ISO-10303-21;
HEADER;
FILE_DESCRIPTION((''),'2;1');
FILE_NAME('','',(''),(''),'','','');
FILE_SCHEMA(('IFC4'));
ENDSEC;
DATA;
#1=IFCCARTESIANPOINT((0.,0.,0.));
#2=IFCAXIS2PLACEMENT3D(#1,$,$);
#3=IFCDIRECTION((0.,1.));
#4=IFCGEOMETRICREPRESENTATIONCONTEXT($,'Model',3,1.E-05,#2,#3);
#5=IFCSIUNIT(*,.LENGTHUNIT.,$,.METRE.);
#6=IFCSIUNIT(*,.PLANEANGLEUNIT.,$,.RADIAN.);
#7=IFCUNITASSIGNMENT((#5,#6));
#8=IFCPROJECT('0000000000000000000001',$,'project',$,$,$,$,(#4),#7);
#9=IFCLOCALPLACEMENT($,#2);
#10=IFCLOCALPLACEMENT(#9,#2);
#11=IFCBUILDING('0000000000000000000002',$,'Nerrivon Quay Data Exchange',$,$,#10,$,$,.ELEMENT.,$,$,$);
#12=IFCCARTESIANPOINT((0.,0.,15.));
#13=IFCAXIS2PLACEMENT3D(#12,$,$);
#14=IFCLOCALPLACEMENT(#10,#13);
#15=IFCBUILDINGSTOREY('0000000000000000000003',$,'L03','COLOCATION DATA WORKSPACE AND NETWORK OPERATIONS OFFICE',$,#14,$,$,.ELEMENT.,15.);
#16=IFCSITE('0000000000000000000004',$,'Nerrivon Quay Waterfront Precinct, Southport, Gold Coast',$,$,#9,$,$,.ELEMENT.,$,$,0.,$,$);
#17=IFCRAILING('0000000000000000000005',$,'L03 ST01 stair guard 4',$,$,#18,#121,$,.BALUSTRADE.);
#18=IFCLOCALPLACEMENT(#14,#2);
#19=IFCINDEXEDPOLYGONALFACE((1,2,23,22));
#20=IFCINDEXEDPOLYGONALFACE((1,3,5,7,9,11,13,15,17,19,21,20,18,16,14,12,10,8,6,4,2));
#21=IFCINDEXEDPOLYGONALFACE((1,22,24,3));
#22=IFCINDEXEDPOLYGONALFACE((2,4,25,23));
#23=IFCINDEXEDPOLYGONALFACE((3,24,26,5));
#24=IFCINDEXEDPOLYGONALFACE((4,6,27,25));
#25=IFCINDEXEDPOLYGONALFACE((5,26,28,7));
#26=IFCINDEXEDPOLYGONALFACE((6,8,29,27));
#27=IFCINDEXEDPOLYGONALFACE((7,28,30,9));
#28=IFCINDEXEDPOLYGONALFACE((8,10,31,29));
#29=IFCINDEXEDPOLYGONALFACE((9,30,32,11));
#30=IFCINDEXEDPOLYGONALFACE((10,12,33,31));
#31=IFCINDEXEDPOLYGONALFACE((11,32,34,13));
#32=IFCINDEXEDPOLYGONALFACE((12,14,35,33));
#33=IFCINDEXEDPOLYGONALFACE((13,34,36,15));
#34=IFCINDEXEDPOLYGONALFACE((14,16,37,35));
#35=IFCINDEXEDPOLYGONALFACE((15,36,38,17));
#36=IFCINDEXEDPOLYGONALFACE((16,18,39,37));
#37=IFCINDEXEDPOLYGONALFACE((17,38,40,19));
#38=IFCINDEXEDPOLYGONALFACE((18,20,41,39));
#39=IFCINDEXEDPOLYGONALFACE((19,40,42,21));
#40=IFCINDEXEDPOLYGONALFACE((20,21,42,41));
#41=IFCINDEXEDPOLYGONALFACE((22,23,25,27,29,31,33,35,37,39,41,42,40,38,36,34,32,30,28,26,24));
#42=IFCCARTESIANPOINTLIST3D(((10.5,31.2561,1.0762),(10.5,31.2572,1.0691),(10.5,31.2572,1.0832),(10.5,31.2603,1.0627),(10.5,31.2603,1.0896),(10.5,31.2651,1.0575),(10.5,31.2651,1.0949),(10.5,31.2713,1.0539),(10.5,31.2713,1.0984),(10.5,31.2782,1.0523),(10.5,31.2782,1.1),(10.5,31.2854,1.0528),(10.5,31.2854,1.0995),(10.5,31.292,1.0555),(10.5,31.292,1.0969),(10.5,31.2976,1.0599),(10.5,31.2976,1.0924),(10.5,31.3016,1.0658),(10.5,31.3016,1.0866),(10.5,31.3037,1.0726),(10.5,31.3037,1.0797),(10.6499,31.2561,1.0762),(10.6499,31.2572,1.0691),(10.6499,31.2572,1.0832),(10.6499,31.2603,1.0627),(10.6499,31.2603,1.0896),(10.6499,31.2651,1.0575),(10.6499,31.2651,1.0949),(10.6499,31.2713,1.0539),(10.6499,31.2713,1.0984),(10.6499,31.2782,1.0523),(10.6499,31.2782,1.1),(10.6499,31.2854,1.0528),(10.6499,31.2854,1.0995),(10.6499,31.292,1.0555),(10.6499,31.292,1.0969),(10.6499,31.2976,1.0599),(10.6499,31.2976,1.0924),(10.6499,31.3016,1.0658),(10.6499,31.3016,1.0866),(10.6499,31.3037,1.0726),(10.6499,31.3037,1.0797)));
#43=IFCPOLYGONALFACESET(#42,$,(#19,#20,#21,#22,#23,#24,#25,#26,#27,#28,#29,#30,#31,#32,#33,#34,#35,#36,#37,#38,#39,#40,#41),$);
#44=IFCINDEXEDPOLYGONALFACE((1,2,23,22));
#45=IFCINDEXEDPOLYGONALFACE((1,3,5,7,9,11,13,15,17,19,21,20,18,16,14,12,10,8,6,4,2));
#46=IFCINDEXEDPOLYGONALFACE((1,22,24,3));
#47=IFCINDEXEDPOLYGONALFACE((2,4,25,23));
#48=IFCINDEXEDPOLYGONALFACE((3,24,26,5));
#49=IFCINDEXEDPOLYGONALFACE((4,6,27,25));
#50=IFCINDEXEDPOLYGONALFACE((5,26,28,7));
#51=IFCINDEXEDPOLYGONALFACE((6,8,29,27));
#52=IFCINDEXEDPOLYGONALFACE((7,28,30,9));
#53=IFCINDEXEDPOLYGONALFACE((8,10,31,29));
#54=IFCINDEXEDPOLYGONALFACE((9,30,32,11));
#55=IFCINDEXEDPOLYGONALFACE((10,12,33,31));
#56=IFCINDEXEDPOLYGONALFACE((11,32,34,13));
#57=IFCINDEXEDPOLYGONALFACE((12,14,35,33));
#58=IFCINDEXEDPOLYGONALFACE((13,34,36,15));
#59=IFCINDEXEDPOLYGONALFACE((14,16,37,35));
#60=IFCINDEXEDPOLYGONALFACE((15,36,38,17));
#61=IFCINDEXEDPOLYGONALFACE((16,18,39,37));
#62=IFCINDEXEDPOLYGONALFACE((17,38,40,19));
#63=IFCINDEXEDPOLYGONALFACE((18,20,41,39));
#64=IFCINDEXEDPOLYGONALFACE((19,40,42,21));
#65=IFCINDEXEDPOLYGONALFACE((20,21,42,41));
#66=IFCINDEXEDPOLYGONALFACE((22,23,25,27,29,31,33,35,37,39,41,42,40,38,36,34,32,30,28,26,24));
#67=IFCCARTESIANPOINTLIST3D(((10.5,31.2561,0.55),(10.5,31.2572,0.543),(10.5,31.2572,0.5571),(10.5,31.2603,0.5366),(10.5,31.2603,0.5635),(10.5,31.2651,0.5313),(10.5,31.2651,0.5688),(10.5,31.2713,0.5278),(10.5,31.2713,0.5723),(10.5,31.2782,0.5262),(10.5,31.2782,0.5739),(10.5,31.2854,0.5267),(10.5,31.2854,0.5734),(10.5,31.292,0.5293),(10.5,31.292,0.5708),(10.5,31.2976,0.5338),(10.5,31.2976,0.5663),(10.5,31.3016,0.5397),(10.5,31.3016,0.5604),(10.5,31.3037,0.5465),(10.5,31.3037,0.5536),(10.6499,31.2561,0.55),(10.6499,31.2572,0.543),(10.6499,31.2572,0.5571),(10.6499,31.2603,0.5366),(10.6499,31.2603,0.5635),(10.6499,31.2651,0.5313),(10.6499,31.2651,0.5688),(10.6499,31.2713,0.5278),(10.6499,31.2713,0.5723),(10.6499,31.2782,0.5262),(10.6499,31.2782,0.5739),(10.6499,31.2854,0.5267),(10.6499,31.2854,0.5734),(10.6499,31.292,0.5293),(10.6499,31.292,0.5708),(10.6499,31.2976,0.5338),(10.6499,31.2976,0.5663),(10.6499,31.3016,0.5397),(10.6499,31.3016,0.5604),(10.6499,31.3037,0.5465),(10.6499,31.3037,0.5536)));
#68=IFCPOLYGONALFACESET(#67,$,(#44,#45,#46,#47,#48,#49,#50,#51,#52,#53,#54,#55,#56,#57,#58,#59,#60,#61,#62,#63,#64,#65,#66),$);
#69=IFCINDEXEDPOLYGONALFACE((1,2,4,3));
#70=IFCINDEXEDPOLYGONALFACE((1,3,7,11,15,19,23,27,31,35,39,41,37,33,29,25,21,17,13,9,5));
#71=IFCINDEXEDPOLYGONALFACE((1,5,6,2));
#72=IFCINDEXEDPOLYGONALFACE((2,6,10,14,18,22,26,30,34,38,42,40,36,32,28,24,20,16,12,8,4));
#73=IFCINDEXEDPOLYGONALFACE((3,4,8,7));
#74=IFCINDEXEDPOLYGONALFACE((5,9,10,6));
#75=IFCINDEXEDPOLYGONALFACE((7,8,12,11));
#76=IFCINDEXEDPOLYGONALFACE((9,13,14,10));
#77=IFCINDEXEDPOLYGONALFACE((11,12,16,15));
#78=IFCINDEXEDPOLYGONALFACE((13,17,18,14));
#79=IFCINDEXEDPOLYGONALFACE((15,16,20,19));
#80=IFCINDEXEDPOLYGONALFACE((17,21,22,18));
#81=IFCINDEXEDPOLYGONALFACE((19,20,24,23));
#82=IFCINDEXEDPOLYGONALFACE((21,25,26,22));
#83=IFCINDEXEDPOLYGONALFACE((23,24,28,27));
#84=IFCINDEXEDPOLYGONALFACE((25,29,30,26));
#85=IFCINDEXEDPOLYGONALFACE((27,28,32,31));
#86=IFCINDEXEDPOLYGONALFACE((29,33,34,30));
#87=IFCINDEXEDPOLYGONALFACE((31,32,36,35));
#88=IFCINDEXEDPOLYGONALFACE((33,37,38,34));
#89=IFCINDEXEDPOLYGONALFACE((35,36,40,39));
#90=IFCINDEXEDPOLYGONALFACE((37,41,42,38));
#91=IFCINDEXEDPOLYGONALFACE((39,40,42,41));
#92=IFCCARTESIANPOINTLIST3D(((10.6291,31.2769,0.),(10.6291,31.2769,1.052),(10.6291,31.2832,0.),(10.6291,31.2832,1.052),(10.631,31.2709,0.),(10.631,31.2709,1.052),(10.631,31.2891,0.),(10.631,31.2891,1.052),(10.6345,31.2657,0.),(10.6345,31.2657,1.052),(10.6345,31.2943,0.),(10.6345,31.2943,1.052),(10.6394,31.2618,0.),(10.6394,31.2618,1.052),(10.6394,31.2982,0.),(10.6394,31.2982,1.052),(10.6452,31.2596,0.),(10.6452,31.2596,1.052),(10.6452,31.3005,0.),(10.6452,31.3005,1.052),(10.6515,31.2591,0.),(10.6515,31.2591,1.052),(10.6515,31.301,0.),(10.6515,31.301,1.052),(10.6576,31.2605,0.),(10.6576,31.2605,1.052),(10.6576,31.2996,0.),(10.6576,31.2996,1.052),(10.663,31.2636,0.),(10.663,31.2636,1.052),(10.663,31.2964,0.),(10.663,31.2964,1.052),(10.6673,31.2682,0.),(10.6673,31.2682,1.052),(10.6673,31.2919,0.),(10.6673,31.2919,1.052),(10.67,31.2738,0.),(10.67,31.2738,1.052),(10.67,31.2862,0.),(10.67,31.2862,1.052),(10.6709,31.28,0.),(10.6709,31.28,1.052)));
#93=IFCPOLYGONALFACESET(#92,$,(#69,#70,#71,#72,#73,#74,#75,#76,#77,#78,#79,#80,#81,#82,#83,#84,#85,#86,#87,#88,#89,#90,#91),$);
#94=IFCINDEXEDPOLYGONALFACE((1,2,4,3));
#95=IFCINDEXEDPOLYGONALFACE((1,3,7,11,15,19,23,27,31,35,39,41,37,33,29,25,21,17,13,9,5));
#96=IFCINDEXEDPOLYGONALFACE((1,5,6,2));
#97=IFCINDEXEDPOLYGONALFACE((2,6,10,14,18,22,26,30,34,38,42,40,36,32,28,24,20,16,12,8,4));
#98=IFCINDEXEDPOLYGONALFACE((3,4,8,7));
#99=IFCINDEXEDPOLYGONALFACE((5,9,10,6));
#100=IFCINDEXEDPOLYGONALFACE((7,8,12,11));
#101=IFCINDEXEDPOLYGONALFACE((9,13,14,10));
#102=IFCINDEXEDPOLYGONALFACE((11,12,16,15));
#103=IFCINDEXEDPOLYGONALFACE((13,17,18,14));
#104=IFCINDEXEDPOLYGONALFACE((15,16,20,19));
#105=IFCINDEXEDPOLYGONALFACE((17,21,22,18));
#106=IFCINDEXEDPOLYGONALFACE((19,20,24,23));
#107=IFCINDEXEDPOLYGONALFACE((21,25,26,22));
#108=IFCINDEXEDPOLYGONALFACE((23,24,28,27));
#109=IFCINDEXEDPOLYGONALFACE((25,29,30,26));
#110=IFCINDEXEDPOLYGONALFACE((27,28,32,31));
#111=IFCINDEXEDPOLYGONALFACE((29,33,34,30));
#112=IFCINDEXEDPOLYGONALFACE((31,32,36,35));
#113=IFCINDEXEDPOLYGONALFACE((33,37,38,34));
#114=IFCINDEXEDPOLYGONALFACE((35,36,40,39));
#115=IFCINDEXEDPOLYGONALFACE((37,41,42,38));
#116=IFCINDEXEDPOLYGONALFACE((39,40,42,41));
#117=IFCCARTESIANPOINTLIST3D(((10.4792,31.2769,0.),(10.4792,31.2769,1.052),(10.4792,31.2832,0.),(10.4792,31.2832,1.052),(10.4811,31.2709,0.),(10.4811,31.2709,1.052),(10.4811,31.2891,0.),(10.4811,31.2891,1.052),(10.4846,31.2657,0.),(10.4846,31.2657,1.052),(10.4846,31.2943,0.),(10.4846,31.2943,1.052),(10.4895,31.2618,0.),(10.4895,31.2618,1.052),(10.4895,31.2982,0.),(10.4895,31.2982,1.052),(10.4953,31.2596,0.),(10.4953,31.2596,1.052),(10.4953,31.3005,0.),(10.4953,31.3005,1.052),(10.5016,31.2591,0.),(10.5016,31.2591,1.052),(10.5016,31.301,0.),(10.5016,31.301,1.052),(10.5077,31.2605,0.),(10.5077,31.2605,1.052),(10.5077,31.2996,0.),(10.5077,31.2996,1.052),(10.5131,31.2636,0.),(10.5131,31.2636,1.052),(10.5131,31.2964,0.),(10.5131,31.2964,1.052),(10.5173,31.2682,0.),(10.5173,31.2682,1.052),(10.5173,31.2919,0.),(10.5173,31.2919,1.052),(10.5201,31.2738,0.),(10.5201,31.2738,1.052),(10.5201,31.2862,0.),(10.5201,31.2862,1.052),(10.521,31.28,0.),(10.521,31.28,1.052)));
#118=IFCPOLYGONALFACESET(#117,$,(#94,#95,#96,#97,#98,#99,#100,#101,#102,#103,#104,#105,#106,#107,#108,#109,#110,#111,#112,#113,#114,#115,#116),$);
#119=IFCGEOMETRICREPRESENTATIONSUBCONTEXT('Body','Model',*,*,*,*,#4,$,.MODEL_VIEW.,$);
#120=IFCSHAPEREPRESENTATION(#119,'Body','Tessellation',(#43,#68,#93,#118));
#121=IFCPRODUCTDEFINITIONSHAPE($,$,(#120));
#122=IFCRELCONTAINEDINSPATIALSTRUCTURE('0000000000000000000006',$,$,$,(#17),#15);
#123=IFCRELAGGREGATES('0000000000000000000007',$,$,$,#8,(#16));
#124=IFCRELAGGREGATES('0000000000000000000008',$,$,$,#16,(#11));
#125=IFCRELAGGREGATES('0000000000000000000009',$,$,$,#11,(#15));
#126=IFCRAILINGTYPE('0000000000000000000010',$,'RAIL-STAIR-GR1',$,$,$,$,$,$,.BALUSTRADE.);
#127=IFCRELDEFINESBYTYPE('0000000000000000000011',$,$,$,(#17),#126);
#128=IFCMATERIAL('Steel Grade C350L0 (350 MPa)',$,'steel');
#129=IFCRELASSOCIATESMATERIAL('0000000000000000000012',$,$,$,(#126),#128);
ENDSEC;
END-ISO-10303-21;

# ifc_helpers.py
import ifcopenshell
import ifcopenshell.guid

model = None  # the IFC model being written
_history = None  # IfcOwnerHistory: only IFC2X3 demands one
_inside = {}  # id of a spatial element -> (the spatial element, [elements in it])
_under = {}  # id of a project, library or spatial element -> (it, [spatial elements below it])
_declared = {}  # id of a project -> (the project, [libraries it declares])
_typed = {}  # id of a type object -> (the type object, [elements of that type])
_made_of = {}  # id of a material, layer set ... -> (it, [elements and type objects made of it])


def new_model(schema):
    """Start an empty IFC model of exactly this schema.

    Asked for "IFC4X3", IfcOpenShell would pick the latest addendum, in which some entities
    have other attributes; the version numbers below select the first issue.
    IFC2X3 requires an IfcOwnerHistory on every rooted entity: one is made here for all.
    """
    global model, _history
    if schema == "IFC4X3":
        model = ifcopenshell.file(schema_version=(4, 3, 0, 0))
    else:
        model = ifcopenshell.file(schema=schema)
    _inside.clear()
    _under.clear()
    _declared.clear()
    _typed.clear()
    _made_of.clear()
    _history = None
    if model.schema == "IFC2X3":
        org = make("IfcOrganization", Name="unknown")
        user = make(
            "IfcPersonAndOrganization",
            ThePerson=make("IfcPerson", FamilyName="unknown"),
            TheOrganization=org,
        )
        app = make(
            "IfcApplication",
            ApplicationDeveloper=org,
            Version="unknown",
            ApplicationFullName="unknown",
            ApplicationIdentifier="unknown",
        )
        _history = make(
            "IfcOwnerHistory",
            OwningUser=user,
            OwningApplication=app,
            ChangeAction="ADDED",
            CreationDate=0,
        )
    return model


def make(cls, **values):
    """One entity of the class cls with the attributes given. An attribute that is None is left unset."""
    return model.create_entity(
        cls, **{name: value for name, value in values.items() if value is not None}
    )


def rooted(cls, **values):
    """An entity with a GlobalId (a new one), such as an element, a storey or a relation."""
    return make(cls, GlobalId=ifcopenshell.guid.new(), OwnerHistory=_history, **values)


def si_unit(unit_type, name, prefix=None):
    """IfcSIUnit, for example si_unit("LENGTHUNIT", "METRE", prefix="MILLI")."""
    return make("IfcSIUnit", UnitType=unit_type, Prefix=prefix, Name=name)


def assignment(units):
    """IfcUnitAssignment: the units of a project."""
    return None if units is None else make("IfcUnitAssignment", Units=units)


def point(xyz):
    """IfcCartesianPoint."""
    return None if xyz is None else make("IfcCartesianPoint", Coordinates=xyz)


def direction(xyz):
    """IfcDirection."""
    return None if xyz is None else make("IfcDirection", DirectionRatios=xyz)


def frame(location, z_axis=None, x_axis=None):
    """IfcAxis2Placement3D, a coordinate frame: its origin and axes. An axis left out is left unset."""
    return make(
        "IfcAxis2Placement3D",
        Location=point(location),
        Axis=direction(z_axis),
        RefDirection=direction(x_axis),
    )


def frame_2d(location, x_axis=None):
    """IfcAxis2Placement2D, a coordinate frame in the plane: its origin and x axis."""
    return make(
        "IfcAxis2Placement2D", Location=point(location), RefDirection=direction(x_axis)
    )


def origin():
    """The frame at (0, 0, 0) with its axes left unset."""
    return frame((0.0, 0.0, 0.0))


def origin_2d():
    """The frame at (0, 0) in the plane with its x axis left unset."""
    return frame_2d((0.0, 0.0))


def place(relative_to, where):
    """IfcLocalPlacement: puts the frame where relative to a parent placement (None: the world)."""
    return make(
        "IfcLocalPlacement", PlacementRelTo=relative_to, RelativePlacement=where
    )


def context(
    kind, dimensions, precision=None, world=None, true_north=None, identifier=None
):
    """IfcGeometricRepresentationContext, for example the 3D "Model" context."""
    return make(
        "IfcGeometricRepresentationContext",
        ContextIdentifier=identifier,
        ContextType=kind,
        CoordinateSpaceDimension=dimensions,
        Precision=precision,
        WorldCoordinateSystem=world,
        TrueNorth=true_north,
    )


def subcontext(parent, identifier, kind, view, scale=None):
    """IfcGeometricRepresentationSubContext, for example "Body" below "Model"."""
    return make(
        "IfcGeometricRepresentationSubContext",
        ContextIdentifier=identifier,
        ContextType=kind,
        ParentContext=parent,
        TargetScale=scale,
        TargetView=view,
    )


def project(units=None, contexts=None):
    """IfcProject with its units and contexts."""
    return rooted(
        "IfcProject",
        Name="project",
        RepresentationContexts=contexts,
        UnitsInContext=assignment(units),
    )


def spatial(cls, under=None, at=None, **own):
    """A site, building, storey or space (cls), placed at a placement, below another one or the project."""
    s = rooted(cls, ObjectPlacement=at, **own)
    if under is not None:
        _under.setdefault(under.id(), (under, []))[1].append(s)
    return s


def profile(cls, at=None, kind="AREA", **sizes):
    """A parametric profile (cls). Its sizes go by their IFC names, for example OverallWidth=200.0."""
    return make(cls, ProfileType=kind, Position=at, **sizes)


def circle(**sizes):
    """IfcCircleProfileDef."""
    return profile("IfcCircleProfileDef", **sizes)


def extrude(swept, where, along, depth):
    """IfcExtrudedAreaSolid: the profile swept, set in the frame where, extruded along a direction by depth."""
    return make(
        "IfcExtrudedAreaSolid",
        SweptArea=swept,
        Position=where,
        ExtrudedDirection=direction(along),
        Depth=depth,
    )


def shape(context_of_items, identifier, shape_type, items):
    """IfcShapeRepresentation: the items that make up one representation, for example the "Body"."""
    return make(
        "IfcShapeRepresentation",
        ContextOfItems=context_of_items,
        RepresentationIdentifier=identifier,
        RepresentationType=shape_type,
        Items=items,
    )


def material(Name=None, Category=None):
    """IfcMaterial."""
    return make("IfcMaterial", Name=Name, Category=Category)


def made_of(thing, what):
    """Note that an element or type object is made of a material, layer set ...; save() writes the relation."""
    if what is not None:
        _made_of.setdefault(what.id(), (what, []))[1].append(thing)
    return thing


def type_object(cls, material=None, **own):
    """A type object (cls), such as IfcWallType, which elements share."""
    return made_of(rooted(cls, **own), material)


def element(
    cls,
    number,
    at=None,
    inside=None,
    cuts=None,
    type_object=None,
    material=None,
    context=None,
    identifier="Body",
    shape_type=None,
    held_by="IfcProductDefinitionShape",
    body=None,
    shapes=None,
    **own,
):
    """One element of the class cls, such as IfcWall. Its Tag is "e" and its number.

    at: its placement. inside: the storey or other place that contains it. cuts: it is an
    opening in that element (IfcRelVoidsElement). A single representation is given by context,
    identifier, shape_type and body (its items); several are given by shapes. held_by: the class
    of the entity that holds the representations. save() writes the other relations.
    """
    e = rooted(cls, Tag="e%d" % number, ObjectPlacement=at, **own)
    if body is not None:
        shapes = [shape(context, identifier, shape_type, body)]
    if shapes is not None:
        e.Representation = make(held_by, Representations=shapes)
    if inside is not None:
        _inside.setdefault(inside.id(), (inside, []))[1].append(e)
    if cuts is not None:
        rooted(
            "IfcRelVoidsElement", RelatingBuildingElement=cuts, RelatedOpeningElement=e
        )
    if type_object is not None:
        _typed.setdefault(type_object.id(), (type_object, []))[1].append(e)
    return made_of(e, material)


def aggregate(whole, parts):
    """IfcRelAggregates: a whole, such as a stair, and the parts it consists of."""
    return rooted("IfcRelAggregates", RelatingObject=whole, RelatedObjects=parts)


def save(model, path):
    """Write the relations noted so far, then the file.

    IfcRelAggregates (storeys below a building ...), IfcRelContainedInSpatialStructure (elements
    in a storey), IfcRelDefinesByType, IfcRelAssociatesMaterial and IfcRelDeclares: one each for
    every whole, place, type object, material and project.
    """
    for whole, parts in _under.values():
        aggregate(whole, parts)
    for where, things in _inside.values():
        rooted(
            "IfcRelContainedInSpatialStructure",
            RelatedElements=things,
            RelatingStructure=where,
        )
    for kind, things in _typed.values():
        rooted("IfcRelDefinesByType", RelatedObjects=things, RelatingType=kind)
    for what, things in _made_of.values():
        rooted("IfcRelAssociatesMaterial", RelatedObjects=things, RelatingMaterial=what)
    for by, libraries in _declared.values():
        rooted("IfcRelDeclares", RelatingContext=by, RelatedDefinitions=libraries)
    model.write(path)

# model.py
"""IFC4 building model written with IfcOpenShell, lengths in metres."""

from ifc_helpers import new_model, si_unit, direction, frame, origin, origin_2d, place, context, subcontext, project, spatial, circle, extrude, material, type_object, element, save


model = new_model("IFC4")

# Units and contexts
model_context = context("Model", 3, precision=1e-05, world=origin(), true_north=direction((0.0, 1.0)))
body_context = subcontext(model_context, "Body", "Model", "MODEL_VIEW")
ifc_project = project(units=[si_unit("LENGTHUNIT", "METRE"), si_unit("PLANEANGLEUNIT", "RADIAN")], contexts=[model_context])

# Site, building, storey
site_placement = place(None, origin())
site = spatial("IfcSite", under=ifc_project, at=site_placement, Name="Nerrivon Quay Waterfront Precinct, Southport, Gold Coast", CompositionType="ELEMENT", RefElevation=0.0)
building_placement = place(site_placement, origin())
building = spatial("IfcBuilding", under=site, at=building_placement, Name="Nerrivon Quay Data Exchange", CompositionType="ELEMENT")
storey_placement = place(building_placement, frame((0.0, 0.0, 15.0)))
storey = spatial("IfcBuildingStorey", under=building, at=storey_placement, Name="L03", Description="COLOCATION DATA WORKSPACE AND NETWORK OPERATIONS OFFICE", CompositionType="ELEMENT", Elevation=15.0)

# Railing
ifc_material_1 = material(Name="Steel Grade C350L0 (350 MPa)", Category="steel")
railing_type_1 = type_object("IfcRailingType", Name="RAIL-STAIR-GR1", PredefinedType="BALUSTRADE", material=ifc_material_1)
railing_1_placement = place(storey_placement, frame((10.6499, 31.28, 0.0)))
element("IfcRailing", 1, at=railing_1_placement, inside=storey, type_object=railing_type_1, Name="L03 ST01 stair guard 4", PredefinedType="BALUSTRADE", context=body_context, shape_type="SweptSolid", body=[
    extrude(circle(Radius=0.0239, at=origin_2d()), frame((0.0, 0.0, 1.0762), z_axis=(-1.0, 0.0, 0.0), x_axis=(0.0, -1.0, 0.0)), (0.0, 0.0, 1.0), 0.1499),
    extrude(circle(Radius=0.0239, at=origin_2d()), frame((0.0, 0.0, 0.55), z_axis=(-1.0, 0.0, 0.0), x_axis=(0.0, -1.0, 0.0)), (0.0, 0.0, 1.0), 0.1499),
    extrude(circle(Radius=0.021, at=origin_2d()), origin(), (0.0, 0.0, 1.0), 1.052),
    extrude(circle(Radius=0.021, at=origin_2d()), frame((-0.1499, 0.0, 0.0)), (0.0, 0.0, 1.0), 1.052),
])

save(model, "model.ifc")
